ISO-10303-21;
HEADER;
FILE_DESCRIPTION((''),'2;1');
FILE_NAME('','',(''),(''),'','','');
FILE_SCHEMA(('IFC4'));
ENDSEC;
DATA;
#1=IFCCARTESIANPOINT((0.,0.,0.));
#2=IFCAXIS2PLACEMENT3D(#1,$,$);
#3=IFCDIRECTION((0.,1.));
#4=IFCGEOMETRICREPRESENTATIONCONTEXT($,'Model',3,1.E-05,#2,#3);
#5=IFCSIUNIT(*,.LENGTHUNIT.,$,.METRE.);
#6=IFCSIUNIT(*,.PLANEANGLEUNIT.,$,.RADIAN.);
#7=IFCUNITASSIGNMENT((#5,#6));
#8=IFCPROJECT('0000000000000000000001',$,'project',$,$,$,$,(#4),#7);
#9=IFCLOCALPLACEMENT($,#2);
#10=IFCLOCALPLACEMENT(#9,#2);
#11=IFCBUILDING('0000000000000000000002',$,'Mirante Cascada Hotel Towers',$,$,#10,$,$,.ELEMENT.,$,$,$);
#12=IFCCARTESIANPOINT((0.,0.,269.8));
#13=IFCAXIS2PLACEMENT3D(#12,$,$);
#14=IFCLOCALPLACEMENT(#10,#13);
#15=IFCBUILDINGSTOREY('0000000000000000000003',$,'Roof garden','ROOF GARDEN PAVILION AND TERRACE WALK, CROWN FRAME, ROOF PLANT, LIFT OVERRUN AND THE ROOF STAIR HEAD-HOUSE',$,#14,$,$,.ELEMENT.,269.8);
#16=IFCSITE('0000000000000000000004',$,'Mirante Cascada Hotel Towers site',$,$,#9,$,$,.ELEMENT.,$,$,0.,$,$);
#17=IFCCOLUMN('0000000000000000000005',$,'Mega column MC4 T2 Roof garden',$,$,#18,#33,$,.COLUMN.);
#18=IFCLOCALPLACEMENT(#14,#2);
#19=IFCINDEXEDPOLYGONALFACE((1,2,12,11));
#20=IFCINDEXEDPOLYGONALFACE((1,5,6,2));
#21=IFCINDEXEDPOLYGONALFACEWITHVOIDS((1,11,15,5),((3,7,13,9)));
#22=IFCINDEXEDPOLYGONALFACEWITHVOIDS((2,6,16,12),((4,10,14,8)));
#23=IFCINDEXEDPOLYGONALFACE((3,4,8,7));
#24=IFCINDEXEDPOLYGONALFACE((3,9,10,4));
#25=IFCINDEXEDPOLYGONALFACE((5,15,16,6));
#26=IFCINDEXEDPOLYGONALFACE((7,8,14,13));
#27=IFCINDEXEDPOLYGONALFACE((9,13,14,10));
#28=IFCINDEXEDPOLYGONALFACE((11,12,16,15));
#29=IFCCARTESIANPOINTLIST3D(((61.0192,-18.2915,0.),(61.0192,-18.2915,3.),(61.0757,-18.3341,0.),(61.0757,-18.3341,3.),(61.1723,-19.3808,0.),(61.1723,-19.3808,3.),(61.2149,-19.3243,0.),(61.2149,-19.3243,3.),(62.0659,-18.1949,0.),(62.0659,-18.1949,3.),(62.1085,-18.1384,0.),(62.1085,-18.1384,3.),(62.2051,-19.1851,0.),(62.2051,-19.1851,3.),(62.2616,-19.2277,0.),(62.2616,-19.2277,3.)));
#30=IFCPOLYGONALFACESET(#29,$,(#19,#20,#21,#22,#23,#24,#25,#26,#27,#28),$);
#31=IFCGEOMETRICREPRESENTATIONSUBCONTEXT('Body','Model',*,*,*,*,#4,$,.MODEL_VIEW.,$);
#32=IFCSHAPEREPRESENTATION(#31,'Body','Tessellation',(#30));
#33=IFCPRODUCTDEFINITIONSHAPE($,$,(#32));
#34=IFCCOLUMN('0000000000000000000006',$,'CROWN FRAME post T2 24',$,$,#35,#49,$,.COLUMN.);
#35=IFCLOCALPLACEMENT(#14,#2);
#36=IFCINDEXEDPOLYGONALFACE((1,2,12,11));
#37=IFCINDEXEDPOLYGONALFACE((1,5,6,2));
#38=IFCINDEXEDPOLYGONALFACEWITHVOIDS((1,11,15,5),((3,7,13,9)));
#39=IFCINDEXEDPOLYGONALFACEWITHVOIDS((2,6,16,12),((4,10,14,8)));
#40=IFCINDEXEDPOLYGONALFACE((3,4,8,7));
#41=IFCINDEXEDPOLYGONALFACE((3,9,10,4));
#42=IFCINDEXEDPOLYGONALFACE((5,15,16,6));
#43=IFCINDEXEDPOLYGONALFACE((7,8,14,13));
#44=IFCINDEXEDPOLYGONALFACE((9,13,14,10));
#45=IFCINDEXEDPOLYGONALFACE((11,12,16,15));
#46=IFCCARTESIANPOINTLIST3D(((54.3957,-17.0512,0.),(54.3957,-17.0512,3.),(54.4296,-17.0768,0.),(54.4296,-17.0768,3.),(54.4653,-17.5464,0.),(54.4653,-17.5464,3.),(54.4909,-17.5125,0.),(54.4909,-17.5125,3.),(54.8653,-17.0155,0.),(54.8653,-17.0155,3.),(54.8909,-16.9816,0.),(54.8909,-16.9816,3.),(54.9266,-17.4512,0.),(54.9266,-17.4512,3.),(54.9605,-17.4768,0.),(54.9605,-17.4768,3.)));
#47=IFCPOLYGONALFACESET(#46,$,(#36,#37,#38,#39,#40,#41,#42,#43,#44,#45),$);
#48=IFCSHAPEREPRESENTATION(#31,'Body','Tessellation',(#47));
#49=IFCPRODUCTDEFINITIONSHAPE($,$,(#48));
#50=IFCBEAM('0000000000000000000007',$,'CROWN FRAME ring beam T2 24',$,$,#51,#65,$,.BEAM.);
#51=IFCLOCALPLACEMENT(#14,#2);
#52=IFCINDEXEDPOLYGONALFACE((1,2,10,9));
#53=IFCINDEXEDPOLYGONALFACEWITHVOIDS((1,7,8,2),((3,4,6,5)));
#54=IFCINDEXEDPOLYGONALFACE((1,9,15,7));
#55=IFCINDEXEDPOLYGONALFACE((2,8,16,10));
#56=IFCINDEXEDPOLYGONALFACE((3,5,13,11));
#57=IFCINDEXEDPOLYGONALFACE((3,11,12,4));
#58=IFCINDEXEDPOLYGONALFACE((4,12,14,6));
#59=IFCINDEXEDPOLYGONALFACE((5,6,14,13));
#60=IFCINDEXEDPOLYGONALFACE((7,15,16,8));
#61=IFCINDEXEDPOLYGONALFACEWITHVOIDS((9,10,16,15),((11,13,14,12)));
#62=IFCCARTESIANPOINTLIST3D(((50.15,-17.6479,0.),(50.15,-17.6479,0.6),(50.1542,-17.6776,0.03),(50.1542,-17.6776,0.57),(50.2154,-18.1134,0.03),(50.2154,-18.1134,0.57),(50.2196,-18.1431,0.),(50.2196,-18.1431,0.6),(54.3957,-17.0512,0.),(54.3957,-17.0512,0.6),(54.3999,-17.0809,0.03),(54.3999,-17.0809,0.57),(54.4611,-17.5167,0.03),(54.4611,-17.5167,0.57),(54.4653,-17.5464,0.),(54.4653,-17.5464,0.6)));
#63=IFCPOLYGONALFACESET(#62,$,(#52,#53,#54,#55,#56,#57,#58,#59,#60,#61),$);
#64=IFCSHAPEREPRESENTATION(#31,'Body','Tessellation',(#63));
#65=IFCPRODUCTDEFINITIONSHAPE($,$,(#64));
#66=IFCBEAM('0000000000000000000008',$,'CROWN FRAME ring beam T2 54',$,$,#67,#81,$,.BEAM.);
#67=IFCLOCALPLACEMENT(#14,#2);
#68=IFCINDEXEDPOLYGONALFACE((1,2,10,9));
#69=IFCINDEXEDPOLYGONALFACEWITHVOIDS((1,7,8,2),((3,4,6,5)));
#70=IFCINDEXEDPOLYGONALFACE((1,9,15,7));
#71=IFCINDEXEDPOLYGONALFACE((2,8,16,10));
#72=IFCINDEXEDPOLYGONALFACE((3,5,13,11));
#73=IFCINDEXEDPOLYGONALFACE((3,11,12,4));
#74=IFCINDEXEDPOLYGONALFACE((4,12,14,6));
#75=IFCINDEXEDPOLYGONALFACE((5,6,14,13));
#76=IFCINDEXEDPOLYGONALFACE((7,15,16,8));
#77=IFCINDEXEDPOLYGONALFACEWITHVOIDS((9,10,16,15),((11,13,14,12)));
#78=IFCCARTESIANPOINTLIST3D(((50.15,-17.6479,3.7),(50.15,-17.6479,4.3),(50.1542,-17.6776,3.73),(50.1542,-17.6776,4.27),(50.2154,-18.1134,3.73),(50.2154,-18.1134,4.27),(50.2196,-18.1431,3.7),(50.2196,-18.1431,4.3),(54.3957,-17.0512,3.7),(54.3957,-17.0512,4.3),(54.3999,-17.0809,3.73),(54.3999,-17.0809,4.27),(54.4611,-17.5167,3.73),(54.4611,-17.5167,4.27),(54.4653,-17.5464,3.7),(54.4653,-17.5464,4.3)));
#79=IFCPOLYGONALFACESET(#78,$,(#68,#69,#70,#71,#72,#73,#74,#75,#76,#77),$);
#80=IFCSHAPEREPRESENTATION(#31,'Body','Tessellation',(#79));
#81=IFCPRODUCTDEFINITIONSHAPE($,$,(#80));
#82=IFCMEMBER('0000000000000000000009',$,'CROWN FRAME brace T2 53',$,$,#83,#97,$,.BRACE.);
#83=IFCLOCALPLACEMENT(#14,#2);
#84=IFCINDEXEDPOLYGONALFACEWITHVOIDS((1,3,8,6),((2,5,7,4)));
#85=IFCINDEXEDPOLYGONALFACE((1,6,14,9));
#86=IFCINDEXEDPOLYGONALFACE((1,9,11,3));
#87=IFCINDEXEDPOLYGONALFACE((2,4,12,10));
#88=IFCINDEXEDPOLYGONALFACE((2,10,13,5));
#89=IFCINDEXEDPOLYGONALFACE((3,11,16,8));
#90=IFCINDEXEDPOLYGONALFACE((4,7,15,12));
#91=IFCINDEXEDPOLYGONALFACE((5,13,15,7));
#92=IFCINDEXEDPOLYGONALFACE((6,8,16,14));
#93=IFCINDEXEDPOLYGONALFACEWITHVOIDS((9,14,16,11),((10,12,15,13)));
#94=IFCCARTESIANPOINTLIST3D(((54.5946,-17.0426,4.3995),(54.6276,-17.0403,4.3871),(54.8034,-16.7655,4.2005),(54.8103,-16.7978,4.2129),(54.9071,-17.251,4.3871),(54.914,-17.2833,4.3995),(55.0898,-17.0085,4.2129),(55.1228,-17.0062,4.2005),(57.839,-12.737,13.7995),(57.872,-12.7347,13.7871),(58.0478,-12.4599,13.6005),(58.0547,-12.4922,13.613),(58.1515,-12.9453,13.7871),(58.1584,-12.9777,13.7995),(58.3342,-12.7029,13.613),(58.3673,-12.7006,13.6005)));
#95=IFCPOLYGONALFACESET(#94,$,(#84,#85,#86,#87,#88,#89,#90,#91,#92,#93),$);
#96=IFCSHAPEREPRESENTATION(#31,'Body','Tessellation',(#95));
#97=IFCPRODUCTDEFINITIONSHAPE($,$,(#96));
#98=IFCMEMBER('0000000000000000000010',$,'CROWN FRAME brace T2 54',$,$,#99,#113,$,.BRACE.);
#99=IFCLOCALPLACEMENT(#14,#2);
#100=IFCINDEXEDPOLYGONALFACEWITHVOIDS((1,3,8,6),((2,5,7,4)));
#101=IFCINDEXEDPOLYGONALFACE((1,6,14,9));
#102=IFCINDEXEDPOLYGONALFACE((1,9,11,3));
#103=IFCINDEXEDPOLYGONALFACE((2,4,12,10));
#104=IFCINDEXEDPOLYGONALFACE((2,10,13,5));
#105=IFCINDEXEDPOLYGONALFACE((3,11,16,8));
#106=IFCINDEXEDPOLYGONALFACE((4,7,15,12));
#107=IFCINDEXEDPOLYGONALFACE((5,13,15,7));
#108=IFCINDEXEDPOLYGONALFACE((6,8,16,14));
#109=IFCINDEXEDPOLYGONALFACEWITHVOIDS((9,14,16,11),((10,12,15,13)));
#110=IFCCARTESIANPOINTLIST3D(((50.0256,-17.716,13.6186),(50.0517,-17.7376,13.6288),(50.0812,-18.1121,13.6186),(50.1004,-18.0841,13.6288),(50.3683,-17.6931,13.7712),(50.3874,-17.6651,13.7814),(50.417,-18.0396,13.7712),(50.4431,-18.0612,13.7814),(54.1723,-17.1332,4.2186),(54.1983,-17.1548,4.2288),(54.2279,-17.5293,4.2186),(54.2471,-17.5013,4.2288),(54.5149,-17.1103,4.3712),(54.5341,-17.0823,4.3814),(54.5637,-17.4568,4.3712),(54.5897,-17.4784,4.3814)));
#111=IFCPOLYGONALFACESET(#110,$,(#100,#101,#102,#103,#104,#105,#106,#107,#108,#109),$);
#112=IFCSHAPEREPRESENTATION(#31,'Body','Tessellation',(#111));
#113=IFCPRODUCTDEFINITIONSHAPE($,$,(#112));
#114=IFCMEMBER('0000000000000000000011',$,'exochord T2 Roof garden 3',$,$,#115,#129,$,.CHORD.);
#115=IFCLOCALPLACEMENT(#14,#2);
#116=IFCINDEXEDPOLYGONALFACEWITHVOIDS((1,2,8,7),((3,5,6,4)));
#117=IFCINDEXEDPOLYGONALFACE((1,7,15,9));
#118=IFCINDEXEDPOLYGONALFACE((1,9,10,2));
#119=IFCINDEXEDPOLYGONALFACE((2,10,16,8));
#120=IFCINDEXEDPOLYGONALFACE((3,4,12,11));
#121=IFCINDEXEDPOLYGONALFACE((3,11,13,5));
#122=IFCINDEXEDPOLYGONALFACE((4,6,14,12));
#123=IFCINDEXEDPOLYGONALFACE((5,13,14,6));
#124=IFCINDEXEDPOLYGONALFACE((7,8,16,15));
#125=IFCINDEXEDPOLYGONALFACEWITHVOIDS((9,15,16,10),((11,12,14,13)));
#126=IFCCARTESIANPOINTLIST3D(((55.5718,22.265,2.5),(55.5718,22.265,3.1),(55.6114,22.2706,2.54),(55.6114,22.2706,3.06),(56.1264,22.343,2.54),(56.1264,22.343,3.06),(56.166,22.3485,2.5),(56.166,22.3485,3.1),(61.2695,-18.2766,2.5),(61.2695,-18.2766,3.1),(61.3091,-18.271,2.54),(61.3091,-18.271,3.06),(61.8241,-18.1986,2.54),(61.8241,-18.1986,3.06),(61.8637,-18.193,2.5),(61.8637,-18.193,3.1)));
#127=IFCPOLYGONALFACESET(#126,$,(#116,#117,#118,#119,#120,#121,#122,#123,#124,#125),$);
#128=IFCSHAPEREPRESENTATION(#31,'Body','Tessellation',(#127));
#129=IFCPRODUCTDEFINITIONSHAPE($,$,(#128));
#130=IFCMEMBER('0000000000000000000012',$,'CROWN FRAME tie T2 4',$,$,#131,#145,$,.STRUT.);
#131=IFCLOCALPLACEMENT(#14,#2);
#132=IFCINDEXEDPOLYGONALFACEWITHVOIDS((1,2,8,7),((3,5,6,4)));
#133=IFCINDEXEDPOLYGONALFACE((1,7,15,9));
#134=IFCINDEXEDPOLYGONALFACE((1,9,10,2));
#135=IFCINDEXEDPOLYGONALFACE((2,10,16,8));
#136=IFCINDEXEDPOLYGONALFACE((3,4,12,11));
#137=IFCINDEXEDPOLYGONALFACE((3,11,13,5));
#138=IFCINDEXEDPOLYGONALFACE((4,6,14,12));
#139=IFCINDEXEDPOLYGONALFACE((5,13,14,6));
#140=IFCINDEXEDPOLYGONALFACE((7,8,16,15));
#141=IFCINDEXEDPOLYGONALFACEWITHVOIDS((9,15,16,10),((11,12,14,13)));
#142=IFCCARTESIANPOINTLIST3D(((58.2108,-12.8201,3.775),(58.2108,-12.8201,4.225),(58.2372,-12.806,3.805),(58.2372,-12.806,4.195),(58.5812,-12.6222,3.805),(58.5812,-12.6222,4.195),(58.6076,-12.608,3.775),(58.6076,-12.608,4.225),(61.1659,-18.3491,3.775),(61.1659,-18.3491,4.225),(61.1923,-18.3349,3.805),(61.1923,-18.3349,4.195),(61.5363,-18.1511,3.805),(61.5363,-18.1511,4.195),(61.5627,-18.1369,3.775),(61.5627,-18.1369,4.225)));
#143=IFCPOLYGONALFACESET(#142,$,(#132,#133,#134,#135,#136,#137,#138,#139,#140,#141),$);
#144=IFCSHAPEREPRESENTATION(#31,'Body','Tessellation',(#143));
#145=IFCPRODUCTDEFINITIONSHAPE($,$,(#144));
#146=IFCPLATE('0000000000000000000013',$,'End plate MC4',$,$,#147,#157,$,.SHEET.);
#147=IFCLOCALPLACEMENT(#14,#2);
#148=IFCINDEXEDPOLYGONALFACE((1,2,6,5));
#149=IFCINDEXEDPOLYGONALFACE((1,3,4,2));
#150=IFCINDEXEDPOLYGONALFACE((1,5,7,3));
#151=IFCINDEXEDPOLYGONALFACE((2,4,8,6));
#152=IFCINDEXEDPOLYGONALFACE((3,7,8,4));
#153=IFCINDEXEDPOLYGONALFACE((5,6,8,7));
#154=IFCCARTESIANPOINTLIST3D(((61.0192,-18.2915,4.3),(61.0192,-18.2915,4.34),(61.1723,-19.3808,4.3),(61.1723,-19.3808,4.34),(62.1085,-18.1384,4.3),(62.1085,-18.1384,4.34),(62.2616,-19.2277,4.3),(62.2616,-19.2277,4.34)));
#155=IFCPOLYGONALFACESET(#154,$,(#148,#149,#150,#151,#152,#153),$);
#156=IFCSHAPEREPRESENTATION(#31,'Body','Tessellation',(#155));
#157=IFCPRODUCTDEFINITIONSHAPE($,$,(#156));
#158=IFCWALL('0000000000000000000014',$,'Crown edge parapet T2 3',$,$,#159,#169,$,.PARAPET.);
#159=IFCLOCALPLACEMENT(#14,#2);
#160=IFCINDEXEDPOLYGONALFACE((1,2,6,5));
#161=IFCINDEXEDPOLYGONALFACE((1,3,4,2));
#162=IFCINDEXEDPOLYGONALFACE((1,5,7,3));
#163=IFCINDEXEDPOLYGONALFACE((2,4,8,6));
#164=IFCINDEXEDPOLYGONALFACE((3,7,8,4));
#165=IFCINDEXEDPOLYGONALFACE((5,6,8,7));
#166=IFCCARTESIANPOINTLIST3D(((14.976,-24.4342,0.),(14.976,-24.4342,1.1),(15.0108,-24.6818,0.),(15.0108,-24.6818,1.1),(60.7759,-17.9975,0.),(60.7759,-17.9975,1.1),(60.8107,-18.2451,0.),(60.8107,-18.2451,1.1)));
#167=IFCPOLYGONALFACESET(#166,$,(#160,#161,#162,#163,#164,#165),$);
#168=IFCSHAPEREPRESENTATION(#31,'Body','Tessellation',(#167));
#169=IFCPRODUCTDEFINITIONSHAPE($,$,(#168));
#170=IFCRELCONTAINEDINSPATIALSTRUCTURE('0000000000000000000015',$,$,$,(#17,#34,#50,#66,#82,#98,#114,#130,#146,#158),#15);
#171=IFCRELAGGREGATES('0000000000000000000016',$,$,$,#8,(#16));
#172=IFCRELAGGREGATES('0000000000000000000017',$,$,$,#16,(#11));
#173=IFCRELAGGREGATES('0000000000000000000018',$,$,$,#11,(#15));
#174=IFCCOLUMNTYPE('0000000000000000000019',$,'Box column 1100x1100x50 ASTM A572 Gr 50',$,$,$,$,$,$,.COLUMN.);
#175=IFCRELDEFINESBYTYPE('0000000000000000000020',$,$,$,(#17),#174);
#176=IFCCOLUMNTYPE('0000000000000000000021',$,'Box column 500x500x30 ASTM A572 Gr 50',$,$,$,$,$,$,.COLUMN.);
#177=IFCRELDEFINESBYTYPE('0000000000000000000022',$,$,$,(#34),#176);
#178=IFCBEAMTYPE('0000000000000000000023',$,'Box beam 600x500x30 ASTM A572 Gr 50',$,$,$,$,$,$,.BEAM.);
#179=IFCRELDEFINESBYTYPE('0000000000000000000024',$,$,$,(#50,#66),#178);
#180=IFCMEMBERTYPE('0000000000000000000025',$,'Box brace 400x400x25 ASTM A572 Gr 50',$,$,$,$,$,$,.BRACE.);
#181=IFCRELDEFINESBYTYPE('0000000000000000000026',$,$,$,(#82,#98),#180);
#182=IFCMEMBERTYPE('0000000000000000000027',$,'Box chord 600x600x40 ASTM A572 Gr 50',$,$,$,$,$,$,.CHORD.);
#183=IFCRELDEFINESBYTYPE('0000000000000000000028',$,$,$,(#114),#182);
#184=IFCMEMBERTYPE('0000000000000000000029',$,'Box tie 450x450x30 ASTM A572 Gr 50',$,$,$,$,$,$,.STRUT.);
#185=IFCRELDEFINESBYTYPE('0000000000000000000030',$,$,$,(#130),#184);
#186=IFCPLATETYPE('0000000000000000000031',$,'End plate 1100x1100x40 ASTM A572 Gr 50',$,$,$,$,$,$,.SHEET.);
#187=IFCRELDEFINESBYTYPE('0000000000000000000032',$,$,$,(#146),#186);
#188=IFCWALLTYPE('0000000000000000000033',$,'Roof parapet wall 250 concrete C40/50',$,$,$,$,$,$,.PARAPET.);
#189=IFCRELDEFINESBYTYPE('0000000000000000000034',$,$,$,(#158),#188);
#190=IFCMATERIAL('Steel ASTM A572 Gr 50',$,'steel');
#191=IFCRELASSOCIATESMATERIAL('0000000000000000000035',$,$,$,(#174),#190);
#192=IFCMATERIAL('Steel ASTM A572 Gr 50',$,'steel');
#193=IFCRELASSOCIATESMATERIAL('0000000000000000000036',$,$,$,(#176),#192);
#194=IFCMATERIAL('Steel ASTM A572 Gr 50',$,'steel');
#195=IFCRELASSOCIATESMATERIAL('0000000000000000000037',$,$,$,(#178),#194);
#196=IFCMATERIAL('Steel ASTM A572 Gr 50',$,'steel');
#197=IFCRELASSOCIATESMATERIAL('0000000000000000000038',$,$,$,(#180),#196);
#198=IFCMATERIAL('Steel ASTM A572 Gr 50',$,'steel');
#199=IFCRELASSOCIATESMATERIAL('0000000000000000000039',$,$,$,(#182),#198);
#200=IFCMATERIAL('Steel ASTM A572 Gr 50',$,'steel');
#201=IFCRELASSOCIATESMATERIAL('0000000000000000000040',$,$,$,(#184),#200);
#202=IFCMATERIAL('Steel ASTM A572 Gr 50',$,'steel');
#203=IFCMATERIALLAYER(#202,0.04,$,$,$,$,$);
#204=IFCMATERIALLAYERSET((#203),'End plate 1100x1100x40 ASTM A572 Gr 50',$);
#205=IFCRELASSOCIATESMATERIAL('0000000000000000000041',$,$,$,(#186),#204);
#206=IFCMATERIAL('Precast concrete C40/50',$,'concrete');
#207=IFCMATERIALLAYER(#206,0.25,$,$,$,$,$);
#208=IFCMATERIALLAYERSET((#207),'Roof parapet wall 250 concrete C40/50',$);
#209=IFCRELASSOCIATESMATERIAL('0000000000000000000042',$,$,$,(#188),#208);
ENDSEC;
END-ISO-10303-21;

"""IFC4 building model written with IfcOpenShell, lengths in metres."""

from ifc_helpers import new_model, si_unit, direction, frame, frame_2d, origin, origin_2d, place, context, subcontext, project, spatial, rectangle, hollow_rectangle, extrude, material, layer, layer_set, material_profile, profile_set, type_object, element, save


model = new_model("IFC4")

# Units and contexts
model_context = context("Model", 3, precision=1e-05, world=origin(), true_north=direction((0.0, 1.0)))
body_context = subcontext(model_context, "Body", "Model", "MODEL_VIEW")
ifc_project = project(units=[si_unit("LENGTHUNIT", "METRE"), si_unit("PLANEANGLEUNIT", "RADIAN")], contexts=[model_context])

# Site, building, storey
site_placement = place(None, origin())
site = spatial("IfcSite", under=ifc_project, at=site_placement, Name="Mirante Cascada Hotel Towers site", CompositionType="ELEMENT", RefElevation=0.0)
building_placement = place(site_placement, origin())
building = spatial("IfcBuilding", under=site, at=building_placement, Name="Mirante Cascada Hotel Towers", CompositionType="ELEMENT")
storey_placement = place(building_placement, frame((0.0, 0.0, 269.8)))
storey = spatial("IfcBuildingStorey", under=building, at=storey_placement, Name="Roof garden", Description="ROOF GARDEN PAVILION AND TERRACE WALK, CROWN FRAME, ROOF PLANT, LIFT OVERRUN AND THE ROOF STAIR HEAD-HOUSE", CompositionType="ELEMENT", Elevation=269.8)

# Columns
ifc_material_1 = material(Name="Steel ASTM A572 Gr 50", Category="steel")
ifc_material_profile_1 = material_profile(ifc_material_1, hollow_rectangle(XDim=1.1, YDim=1.1, WallThickness=0.05, at=origin_2d()), Name="Box column 1100x1100x50 ASTM A572 Gr 50")
ifc_profile_set_1 = profile_set([ifc_material_profile_1], Name="Steel ASTM A572 Gr 50")
column_type_1 = type_object("IfcColumnType", Name="Box column 1100x1100x50 ASTM A572 Gr 50", PredefinedType="COLUMN", material=ifc_profile_set_1)
column_1_placement = place(storey_placement, frame((61.6404, -18.7596, 0.0), z_axis=(0.0, 0.0, 1.0), x_axis=(0.990268, 0.139173, 0.0)))
element("IfcColumn", 1, at=column_1_placement, inside=storey, type_object=column_type_1, Name="Mega column MC4 T2 Roof garden", PredefinedType="COLUMN", context=body_context, shape_type="SweptSolid", body=[
    extrude(hollow_rectangle(XDim=1.1, YDim=1.1, WallThickness=0.05, at=origin_2d()), origin(), (0.0, 0.0, 1.0), 3.0),
])
ifc_material_2 = material(Name="Steel ASTM A572 Gr 50", Category="steel")
ifc_material_profile_2 = material_profile(ifc_material_2, hollow_rectangle(XDim=0.5, YDim=0.5, WallThickness=0.03, at=origin_2d()), Name="Box column 500x500x30 ASTM A572 Gr 50")
ifc_profile_set_2 = profile_set([ifc_material_profile_2], Name="Steel ASTM A572 Gr 50")
column_type_2 = type_object("IfcColumnType", Name="Box column 500x500x30 ASTM A572 Gr 50", PredefinedType="COLUMN", material=ifc_profile_set_2)
column_2_placement = place(storey_placement, frame((54.6781, -17.264, 0.0), z_axis=(0.0, 0.0, 1.0), x_axis=(0.990268, 0.139173, 0.0)))
element("IfcColumn", 2, at=column_2_placement, inside=storey, type_object=column_type_2, Name="CROWN FRAME post T2 24", PredefinedType="COLUMN", context=body_context, shape_type="SweptSolid", body=[
    extrude(hollow_rectangle(XDim=0.5, YDim=0.5, WallThickness=0.03, at=origin_2d()), origin(), (0.0, 0.0, 1.0), 3.0),
])

# Beams
ifc_material_3 = material(Name="Steel ASTM A572 Gr 50", Category="steel")
ifc_material_profile_3 = material_profile(ifc_material_3, hollow_rectangle(XDim=0.5, YDim=0.6, WallThickness=0.03, at=origin_2d()), Name="Box beam 600x500x30 ASTM A572 Gr 50")
ifc_profile_set_3 = profile_set([ifc_material_profile_3], Name="Steel ASTM A572 Gr 50")
beam_type = type_object("IfcBeamType", Name="Box beam 600x500x30 ASTM A572 Gr 50", PredefinedType="BEAM", material=ifc_profile_set_3)
for number, where, z_axis, x_axis, name in (
    (3, (54.4305, -17.2988, 0.3), (-0.990268, -0.139174, 0.0), (0.139174, -0.990268, 0.0), "CROWN FRAME ring beam T2 24"),
    (4, (54.4305, -17.2988, 4.0), (-0.990268, -0.139174, 0.0), (0.139174, -0.990268, 0.0), "CROWN FRAME ring beam T2 54"),
):
    element("IfcBeam", number, at=place(storey_placement, frame(where, z_axis=z_axis, x_axis=x_axis)), inside=storey, type_object=beam_type, Name=name, PredefinedType="BEAM", context=body_context, shape_type="SweptSolid", body=[
        extrude(hollow_rectangle(XDim=0.5, YDim=0.6, WallThickness=0.03, at=origin_2d()), origin(), (0.0, 0.0, 1.0), 4.2874),
    ])

# Members
ifc_material_4 = material(Name="Steel ASTM A572 Gr 50", Category="steel")
ifc_material_profile_4 = material_profile(ifc_material_4, hollow_rectangle(XDim=0.4, YDim=0.4, WallThickness=0.025, at=origin_2d()), Name="Box brace 400x400x25 ASTM A572 Gr 50")
ifc_profile_set_4 = profile_set([ifc_material_profile_4], Name="Steel ASTM A572 Gr 50")
member_type_1 = type_object("IfcMemberType", Name="Box brace 400x400x25 ASTM A572 Gr 50", PredefinedType="BRACE", material=ifc_profile_set_4)
member_1_placement = place(storey_placement, frame((54.8587, -17.0244, 4.3), z_axis=(0.299403, 0.397333, 0.867459), x_axis=(-0.798645, 0.601803, 0.0)))
element("IfcMember", 5, at=member_1_placement, inside=storey, type_object=member_type_1, Name="CROWN FRAME brace T2 53", PredefinedType="BRACE", context=body_context, shape_type="SweptSolid", body=[
    extrude(hollow_rectangle(XDim=0.4, YDim=0.4, WallThickness=0.025, at=origin_2d()), origin(), (0.0, 0.0, 1.0), 10.8363),
])
member_2_placement = place(storey_placement, frame((54.381, -17.3058, 4.3), z_axis=(-0.402963, -0.056635, 0.913462), x_axis=(0.139178, -0.990267, 0.0)))
element("IfcMember", 6, at=member_2_placement, inside=storey, type_object=member_type_1, Name="CROWN FRAME brace T2 54", PredefinedType="BRACE", context=body_context, shape_type="SweptSolid", body=[
    extrude(hollow_rectangle(XDim=0.4, YDim=0.4, WallThickness=0.025, at=origin_2d()), origin(), (0.0, 0.0, 1.0), 10.2905),
])
ifc_material_5 = material(Name="Steel ASTM A572 Gr 50", Category="steel")
ifc_material_profile_5 = material_profile(ifc_material_5, hollow_rectangle(XDim=0.6, YDim=0.6, WallThickness=0.04, at=origin_2d()), Name="Box chord 600x600x40 ASTM A572 Gr 50")
ifc_profile_set_5 = profile_set([ifc_material_profile_5], Name="Steel ASTM A572 Gr 50")
member_type_2 = type_object("IfcMemberType", Name="Box chord 600x600x40 ASTM A572 Gr 50", PredefinedType="CHORD", material=ifc_profile_set_5)
member_3_placement = place(storey_placement, frame((61.5666, -18.2348, 2.8), z_axis=(-0.139172, 0.990268, 0.0), x_axis=(-0.990268, -0.139172, 0.0)))
element("IfcMember", 7, at=member_3_placement, inside=storey, type_object=member_type_2, Name="exochord T2 Roof garden 3", PredefinedType="CHORD", context=body_context, shape_type="SweptSolid", body=[
    extrude(hollow_rectangle(XDim=0.6, YDim=0.6, WallThickness=0.04, at=origin_2d()), origin(), (0.0, 0.0, 1.0), 40.94),
])
ifc_material_6 = material(Name="Steel ASTM A572 Gr 50", Category="steel")
ifc_material_profile_6 = material_profile(ifc_material_6, hollow_rectangle(XDim=0.45, YDim=0.45, WallThickness=0.03, at=origin_2d()), Name="Box tie 450x450x30 ASTM A572 Gr 50")
ifc_profile_set_6 = profile_set([ifc_material_profile_6], Name="Steel ASTM A572 Gr 50")
member_type_3 = type_object("IfcMemberType", Name="Box tie 450x450x30 ASTM A572 Gr 50", PredefinedType="STRUT", material=ifc_profile_set_6)
member_4_placement = place(storey_placement, frame((61.3643, -18.243, 4.0), z_axis=(-0.471377, 0.881932, 0.0), x_axis=(-0.881932, -0.471377, 0.0)))
element("IfcMember", 8, at=member_4_placement, inside=storey, type_object=member_type_3, Name="CROWN FRAME tie T2 4", PredefinedType="STRUT", context=body_context, shape_type="SweptSolid", body=[
    extrude(hollow_rectangle(XDim=0.45, YDim=0.45, WallThickness=0.03, at=origin_2d()), origin(), (0.0, 0.0, 1.0), 6.2691),
])

# Plate
ifc_material_7 = material(Name="Steel ASTM A572 Gr 50", Category="steel")
ifc_layer_1 = layer(ifc_material_7, 0.04)
ifc_layer_set_1 = layer_set([ifc_layer_1], Name="End plate 1100x1100x40 ASTM A572 Gr 50")
plate_type = type_object("IfcPlateType", Name="End plate 1100x1100x40 ASTM A572 Gr 50", PredefinedType="SHEET", material=ifc_layer_set_1)
plate_placement = place(storey_placement, frame((61.6404, -18.7596, 4.3), z_axis=(0.0, 0.0, 1.0), x_axis=(0.990268, 0.139173, 0.0)))
element("IfcPlate", 9, at=plate_placement, inside=storey, type_object=plate_type, Name="End plate MC4", PredefinedType="SHEET", context=body_context, shape_type="SweptSolid", body=[
    extrude(rectangle(XDim=1.1, YDim=1.1, at=origin_2d()), origin(), (0.0, 0.0, 1.0), 0.04),
])

# Wall
ifc_material_8 = material(Name="Precast concrete C40/50", Category="concrete")
ifc_layer_2 = layer(ifc_material_8, 0.25)
ifc_layer_set_2 = layer_set([ifc_layer_2], Name="Roof parapet wall 250 concrete C40/50")
wall_type_1 = type_object("IfcWallType", Name="Roof parapet wall 250 concrete C40/50", PredefinedType="PARAPET", material=ifc_layer_set_2)
wall_1_placement = place(storey_placement, frame((60.7933, -18.1213, 0.0), z_axis=(0.0, 0.0, 1.0), x_axis=(-0.990268, -0.139172, 0.0)))
element("IfcWall", 10, at=wall_1_placement, inside=storey, type_object=wall_type_1, Name="Crown edge parapet T2 3", PredefinedType="PARAPET", context=body_context, shape_type="SweptSolid", body=[
    extrude(rectangle(XDim=46.25, YDim=0.25, at=frame_2d((23.125, 0.0))), origin(), (0.0, 0.0, 1.0), 1.1),
])

save(model, "model.ifc")
